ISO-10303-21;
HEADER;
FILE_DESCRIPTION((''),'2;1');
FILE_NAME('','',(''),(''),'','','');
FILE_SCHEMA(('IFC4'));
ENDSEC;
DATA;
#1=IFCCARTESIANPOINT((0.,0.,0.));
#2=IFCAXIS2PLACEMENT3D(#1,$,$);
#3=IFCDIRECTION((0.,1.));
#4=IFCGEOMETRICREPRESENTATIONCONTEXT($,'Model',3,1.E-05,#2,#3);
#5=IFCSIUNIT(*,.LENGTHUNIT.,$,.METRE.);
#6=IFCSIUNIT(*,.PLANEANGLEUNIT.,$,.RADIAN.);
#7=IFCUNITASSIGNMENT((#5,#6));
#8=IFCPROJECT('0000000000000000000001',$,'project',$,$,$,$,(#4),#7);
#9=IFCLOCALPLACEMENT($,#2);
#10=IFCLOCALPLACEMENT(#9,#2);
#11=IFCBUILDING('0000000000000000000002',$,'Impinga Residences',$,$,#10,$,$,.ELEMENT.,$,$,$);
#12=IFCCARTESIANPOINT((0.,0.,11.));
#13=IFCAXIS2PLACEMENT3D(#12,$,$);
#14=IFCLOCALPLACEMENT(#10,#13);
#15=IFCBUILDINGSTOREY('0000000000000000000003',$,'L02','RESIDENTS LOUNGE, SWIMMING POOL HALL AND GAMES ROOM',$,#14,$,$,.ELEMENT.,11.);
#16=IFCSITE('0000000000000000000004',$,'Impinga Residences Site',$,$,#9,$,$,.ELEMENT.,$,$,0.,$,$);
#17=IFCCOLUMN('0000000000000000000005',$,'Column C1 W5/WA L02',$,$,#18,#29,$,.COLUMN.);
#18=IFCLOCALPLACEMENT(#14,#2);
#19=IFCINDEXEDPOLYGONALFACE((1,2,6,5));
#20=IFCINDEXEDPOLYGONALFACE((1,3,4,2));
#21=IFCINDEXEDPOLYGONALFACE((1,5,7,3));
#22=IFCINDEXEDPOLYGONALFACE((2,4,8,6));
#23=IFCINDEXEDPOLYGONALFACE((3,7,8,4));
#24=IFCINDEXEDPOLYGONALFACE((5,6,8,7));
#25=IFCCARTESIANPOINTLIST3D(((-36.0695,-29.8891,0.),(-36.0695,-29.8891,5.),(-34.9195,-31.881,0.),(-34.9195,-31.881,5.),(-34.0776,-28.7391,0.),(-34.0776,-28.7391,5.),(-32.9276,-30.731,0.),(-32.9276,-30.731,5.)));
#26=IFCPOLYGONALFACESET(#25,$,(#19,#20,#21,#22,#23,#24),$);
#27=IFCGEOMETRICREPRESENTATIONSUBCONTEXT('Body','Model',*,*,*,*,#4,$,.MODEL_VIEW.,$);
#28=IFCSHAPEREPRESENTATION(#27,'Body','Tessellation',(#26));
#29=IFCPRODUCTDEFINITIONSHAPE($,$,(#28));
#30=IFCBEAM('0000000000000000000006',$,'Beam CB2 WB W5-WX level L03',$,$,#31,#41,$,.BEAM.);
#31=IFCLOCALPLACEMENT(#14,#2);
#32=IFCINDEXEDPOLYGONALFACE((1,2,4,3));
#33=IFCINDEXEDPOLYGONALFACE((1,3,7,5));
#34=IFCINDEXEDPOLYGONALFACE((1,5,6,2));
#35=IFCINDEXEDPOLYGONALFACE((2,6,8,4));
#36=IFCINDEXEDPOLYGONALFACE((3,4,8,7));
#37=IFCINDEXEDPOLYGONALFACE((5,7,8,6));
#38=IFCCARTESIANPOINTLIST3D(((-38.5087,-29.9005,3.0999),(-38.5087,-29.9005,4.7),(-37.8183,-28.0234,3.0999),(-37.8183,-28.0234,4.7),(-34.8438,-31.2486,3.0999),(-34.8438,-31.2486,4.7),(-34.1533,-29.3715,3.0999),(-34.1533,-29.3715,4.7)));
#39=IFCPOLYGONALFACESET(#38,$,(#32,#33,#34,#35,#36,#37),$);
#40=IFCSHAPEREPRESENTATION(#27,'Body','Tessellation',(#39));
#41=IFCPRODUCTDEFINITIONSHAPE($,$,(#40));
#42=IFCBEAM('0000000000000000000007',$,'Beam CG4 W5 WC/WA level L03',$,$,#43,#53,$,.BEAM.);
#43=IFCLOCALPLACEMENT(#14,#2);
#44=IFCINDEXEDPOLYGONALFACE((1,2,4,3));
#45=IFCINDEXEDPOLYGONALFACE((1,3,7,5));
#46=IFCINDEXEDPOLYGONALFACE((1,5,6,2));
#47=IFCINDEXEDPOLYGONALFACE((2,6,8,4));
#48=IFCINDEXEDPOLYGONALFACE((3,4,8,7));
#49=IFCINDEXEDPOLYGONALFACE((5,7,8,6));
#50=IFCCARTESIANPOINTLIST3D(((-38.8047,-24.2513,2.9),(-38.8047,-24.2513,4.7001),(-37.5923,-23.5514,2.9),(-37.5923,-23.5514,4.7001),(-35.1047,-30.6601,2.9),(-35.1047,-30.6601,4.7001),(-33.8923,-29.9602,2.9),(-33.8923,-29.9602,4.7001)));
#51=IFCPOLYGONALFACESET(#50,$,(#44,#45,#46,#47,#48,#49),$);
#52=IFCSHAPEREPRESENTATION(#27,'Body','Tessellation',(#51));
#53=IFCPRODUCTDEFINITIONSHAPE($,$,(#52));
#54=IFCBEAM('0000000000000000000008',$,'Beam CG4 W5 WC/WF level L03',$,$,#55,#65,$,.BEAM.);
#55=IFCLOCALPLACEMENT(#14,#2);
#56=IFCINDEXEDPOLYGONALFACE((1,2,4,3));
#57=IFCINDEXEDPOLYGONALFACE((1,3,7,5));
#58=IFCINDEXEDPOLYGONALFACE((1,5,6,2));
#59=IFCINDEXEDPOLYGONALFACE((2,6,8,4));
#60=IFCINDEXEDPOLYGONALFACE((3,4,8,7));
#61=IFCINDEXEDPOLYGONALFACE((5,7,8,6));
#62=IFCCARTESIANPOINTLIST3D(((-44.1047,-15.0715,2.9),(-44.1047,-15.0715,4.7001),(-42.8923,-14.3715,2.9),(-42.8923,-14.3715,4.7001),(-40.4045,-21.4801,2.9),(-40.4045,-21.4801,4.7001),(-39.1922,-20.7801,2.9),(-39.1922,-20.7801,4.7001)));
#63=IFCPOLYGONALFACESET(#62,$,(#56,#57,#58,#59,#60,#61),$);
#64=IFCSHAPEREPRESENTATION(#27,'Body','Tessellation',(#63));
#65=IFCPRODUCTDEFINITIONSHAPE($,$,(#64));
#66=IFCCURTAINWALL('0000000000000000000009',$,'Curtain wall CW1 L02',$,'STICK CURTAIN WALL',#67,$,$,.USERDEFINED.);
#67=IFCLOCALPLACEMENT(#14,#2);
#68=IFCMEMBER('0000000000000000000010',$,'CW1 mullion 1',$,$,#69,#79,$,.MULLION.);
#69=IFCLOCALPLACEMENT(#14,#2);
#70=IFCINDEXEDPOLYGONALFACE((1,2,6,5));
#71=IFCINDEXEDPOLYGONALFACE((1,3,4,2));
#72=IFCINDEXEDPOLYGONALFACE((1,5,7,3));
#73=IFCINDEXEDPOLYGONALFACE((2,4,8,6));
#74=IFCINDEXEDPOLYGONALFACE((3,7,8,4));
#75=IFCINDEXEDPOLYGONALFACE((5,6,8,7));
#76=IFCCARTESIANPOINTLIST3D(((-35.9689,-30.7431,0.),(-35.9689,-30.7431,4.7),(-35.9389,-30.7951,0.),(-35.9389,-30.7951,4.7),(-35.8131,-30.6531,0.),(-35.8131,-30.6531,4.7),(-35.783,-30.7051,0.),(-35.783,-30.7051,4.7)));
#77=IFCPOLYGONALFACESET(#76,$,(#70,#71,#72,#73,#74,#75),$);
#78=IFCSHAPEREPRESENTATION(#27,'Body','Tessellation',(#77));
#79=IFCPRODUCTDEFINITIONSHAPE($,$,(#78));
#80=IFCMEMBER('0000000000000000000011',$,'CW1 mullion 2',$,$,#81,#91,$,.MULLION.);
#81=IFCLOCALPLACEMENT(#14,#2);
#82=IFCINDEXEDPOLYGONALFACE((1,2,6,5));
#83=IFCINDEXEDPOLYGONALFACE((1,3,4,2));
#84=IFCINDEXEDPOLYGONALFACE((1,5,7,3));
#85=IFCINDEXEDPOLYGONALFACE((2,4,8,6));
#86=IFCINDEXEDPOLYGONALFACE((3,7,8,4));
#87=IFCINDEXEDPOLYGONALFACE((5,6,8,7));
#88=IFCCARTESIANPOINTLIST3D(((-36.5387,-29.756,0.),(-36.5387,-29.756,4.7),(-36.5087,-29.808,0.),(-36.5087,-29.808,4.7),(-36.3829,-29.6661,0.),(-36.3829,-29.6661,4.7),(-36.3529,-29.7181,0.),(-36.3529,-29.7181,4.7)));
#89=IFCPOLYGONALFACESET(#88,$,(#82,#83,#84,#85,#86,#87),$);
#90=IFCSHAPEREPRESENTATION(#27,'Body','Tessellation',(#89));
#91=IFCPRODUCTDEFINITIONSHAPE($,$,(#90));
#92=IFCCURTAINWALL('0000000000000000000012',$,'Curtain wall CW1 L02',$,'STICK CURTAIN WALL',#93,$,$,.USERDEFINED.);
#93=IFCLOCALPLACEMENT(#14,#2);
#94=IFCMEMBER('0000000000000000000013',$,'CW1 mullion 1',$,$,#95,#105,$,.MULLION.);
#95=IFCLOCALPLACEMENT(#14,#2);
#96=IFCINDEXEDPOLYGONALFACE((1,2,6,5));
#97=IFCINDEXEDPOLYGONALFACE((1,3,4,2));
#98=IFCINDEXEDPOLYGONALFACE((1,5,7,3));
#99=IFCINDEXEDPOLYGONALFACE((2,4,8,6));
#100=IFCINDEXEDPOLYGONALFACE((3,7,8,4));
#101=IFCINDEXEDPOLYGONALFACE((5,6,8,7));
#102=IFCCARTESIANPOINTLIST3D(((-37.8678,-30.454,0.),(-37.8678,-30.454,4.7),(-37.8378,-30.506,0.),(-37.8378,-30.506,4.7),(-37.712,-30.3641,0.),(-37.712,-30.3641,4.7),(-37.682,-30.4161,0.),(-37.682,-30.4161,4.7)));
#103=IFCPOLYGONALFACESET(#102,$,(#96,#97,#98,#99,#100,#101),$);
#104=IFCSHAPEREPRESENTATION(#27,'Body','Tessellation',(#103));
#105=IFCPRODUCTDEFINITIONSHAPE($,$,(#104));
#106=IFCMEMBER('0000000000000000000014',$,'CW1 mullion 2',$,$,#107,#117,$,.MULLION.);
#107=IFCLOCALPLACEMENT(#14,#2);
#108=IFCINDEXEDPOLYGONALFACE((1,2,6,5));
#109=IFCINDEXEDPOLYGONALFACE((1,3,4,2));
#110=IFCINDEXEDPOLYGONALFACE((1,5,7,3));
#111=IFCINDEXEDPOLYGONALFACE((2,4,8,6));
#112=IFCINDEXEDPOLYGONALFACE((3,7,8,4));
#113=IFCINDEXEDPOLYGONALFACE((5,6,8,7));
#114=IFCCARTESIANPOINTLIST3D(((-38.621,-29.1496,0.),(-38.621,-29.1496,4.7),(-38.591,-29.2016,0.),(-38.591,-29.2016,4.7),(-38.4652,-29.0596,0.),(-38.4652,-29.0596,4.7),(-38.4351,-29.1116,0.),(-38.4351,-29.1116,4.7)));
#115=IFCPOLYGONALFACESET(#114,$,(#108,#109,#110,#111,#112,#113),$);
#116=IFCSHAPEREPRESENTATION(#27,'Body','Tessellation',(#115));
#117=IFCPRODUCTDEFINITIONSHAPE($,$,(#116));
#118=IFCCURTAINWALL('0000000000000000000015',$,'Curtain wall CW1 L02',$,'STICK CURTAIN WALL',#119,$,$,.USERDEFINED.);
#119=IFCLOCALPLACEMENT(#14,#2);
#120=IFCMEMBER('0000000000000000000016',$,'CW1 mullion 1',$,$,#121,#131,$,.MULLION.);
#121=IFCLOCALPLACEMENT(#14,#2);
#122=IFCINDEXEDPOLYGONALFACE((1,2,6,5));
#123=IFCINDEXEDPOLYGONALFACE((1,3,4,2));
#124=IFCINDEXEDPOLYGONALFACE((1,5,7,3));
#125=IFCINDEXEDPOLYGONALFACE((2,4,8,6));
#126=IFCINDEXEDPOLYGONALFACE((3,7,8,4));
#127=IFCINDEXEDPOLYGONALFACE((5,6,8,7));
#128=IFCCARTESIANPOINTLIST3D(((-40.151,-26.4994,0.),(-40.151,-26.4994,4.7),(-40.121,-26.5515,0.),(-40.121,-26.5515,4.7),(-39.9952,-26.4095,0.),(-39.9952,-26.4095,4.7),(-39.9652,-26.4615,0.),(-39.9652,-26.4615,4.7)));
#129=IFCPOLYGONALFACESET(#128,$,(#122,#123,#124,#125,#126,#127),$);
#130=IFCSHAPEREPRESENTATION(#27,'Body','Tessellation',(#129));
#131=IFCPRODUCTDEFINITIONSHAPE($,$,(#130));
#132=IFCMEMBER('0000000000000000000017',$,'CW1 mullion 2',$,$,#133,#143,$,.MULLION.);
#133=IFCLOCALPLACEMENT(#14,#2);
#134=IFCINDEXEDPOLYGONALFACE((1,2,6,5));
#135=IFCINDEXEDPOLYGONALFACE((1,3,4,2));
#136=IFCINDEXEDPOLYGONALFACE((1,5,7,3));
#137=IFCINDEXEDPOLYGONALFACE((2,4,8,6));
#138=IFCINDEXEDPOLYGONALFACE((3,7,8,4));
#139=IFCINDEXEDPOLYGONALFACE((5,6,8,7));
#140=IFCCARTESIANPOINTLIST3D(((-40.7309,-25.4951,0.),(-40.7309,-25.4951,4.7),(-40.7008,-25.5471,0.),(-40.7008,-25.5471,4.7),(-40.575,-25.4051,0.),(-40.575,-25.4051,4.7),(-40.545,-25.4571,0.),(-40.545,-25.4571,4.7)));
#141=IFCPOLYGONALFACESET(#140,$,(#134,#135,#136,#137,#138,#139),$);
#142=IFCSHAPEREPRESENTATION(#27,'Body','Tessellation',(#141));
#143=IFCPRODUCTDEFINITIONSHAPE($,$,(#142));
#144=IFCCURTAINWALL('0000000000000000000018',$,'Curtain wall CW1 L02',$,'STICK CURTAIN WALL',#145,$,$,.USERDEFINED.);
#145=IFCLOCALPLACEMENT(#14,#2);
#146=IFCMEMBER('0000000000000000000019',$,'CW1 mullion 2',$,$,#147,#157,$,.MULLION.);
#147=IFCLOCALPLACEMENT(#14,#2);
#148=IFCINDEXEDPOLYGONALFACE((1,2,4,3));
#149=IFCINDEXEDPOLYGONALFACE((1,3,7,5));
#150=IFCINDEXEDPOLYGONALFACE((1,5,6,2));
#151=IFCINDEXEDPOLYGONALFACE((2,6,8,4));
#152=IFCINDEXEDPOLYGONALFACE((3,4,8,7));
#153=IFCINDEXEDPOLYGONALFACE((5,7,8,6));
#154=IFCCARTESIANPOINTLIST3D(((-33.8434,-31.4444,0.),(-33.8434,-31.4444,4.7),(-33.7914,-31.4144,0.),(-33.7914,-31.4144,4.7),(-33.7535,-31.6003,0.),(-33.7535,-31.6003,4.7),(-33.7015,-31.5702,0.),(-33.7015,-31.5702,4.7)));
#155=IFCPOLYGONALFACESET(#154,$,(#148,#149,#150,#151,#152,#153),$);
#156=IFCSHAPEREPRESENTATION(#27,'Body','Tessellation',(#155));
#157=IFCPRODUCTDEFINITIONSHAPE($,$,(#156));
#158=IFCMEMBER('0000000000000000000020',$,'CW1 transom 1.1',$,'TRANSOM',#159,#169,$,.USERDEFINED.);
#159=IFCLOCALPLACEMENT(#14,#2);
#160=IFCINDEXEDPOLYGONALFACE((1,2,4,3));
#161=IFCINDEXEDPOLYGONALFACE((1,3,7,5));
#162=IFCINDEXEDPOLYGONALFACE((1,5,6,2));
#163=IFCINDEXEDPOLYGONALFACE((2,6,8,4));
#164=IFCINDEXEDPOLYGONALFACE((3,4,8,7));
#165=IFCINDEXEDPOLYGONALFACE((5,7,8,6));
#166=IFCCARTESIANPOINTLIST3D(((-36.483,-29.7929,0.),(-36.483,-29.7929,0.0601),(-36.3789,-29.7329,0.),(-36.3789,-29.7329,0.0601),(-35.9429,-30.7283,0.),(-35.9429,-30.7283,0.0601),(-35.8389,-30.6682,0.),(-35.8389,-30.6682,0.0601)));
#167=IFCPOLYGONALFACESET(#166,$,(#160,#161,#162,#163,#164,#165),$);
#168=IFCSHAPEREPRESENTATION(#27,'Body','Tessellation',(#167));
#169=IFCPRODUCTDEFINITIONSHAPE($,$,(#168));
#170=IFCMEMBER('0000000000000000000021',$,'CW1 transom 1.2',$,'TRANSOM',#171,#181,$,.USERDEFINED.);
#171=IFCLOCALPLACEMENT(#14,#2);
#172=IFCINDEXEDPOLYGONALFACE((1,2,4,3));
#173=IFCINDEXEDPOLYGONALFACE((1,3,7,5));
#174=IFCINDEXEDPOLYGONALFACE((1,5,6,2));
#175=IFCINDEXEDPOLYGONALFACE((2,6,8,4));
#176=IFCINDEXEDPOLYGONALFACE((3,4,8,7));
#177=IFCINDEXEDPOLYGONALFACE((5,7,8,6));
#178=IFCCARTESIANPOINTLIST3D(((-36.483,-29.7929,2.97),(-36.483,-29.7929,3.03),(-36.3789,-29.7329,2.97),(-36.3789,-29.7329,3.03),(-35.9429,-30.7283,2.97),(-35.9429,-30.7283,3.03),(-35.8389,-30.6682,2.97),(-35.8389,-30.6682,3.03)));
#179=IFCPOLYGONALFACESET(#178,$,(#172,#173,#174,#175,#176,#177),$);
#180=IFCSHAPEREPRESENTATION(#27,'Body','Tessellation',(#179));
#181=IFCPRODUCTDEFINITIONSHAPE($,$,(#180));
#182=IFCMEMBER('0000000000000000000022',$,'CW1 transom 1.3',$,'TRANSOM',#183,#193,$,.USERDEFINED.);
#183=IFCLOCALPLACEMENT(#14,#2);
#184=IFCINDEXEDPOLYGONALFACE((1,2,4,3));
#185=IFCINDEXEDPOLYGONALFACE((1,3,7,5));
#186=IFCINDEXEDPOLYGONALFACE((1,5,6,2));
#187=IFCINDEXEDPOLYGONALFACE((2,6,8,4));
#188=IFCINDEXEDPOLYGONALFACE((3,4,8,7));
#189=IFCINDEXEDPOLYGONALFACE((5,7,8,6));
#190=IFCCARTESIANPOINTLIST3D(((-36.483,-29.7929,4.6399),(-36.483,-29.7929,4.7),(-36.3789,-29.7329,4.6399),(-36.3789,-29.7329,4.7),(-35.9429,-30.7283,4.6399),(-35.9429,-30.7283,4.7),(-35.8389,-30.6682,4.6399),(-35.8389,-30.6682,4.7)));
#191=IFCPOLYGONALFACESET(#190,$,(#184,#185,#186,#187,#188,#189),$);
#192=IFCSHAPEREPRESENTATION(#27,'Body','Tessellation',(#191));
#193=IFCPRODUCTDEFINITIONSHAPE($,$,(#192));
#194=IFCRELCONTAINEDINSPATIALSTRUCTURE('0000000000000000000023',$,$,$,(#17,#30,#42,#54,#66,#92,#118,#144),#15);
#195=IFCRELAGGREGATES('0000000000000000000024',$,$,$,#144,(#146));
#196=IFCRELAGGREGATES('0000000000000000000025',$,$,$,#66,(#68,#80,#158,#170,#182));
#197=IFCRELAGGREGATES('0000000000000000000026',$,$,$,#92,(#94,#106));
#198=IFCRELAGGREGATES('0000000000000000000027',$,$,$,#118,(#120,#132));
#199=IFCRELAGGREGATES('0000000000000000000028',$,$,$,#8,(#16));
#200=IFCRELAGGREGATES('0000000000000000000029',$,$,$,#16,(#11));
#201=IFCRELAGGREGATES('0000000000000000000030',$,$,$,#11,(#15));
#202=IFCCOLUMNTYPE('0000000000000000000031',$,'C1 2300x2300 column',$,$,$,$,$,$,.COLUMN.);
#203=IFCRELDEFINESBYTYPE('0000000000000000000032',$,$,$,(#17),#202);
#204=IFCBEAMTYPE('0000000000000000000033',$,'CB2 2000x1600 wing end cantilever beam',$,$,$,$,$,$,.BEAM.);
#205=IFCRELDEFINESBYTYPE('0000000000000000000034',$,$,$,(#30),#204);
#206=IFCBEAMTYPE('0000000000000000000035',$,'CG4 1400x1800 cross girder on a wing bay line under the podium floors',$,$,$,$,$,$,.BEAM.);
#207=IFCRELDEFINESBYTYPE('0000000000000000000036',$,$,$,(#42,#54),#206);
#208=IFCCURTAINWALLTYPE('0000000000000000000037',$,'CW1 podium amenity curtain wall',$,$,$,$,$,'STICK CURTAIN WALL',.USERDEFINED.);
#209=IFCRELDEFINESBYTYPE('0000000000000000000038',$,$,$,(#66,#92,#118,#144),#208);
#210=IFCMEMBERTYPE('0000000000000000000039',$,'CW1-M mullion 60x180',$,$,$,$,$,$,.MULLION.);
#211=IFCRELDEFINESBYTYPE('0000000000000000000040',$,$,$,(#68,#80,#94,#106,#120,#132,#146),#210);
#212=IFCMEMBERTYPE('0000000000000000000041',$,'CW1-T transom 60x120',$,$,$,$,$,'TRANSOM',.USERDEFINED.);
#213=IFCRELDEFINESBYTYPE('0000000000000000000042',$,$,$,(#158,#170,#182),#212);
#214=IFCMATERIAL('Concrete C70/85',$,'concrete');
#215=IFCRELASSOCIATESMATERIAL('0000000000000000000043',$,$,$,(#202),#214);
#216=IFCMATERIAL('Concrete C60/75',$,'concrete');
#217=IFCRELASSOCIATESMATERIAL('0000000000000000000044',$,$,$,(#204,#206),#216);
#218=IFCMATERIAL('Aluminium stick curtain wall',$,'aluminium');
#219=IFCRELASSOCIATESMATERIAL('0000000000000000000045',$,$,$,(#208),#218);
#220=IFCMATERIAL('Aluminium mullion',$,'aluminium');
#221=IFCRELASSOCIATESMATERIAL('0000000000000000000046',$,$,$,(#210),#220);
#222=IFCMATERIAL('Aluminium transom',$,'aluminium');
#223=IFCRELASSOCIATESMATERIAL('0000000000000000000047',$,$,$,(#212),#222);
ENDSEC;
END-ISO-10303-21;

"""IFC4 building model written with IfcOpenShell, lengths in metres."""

from ifc_helpers import new_model, si_unit, direction, frame, origin, origin_2d, place, context, subcontext, project, spatial, rectangle, extrude, material, material_profile, profile_set, type_object, element, aggregate, save


model = new_model("IFC4")

# Units and contexts
model_context = context("Model", 3, precision=1e-05, world=origin(), true_north=direction((0.0, 1.0)))
body_context = subcontext(model_context, "Body", "Model", "MODEL_VIEW")
ifc_project = project(units=[si_unit("LENGTHUNIT", "METRE"), si_unit("PLANEANGLEUNIT", "RADIAN")], contexts=[model_context])

# Site, building, storey
site_placement = place(None, origin())
site = spatial("IfcSite", under=ifc_project, at=site_placement, Name="Impinga Residences Site", CompositionType="ELEMENT", RefElevation=0.0)
building_placement = place(site_placement, origin())
building = spatial("IfcBuilding", under=site, at=building_placement, Name="Impinga Residences", CompositionType="ELEMENT")
storey_placement = place(building_placement, frame((0.0, 0.0, 11.0)))
storey = spatial("IfcBuildingStorey", under=building, at=storey_placement, Name="L02", Description="RESIDENTS LOUNGE, SWIMMING POOL HALL AND GAMES ROOM", CompositionType="ELEMENT", Elevation=11.0)

# Column
ifc_material_1 = material(Name="Concrete C70/85", Category="concrete")
ifc_material_profile_1 = material_profile(ifc_material_1, rectangle(XDim=2.3, YDim=2.3, at=origin_2d()), Name="RC 2300x2300")
ifc_profile_set_1 = profile_set([ifc_material_profile_1], Name="Concrete C70/85")
column_type = type_object("IfcColumnType", Name="C1 2300x2300 column", PredefinedType="COLUMN", material=ifc_profile_set_1)
column_placement = place(storey_placement, frame((-34.4985, -30.3101, 0.0), z_axis=(0.0, 0.0, 1.0), x_axis=(-0.5, 0.866025, 0.0)))
element("IfcColumn", 1, at=column_placement, inside=storey, type_object=column_type, Name="Column C1 W5/WA L02", PredefinedType="COLUMN", context=body_context, shape_type="SweptSolid", body=[
    extrude(rectangle(XDim=2.3, YDim=2.3, at=origin_2d()), origin(), (0.0, 0.0, 1.0), 5.0),
])

# Beams
ifc_material_2 = material(Name="Concrete C60/75", Category="concrete")
ifc_material_profile_2 = material_profile(ifc_material_2, rectangle(XDim=2.0, YDim=1.6001, at=origin_2d()), Name="RC 2000x1600")
ifc_profile_set_2 = profile_set([ifc_material_profile_2], Name="Concrete C60/75")
beam_type_1 = type_object("IfcBeamType", Name="CB2 2000x1600 wing end cantilever beam", PredefinedType="BEAM", material=ifc_profile_set_2)
beam_1_placement = place(storey_placement, frame((-34.4985, -30.3101, 3.8999), z_axis=(-0.93852, 0.345224, 0.0), x_axis=(-0.345224, -0.93852, 0.0)))
element("IfcBeam", 2, at=beam_1_placement, inside=storey, type_object=beam_type_1, Name="Beam CB2 WB W5-WX level L03", PredefinedType="BEAM", context=body_context, shape_type="SweptSolid", body=[
    extrude(rectangle(XDim=2.0, YDim=1.6001, at=origin_2d()), origin(), (0.0, 0.0, 1.0), 3.905),
])
ifc_material_profile_3 = material_profile(ifc_material_2, rectangle(XDim=1.3999, YDim=1.8, at=origin_2d()), Name="RC 1400x1800")
ifc_profile_set_3 = profile_set([ifc_material_profile_3], Name="Concrete C60/75")
beam_type_2 = type_object("IfcBeamType", Name="CG4 1400x1800 cross girder on a wing bay line under the podium floors", PredefinedType="BEAM", material=ifc_profile_set_3)
for number, where, z_axis, x_axis, name in (
    (3, (-38.1985, -23.9014, 3.8), (0.499989, -0.866032, 0.0), (0.866032, 0.499989, 0.0), "Beam CG4 W5 WC/WA level L03"),
    (4, (-39.7983, -21.1301, 3.8), (-0.500014, 0.866017, 0.0), (-0.866017, -0.500014, 0.0), "Beam CG4 W5 WC/WF level L03"),
):
    element("IfcBeam", number, at=place(storey_placement, frame(where, z_axis=z_axis, x_axis=x_axis)), inside=storey, type_object=beam_type_2, Name=name, PredefinedType="BEAM", context=body_context, shape_type="SweptSolid", body=[
        extrude(rectangle(XDim=1.3999, YDim=1.8, at=origin_2d()), origin(), (0.0, 0.0, 1.0), 7.4001),
    ])

# Curtain walls, members
ifc_material_3 = material(Name="Aluminium stick curtain wall", Category="aluminium")
curtain_wall_type = type_object("IfcCurtainWallType", Name="CW1 podium amenity curtain wall", ElementType="STICK CURTAIN WALL", PredefinedType="USERDEFINED", material=ifc_material_3)
curtain_wall_1_placement = place(storey_placement, origin())
curtain_wall_1 = element("IfcCurtainWall", 5, at=curtain_wall_1_placement, inside=storey, type_object=curtain_wall_type, Name="Curtain wall CW1 L02", ObjectType="STICK CURTAIN WALL", PredefinedType="USERDEFINED")
ifc_material_4 = material(Name="Aluminium mullion", Category="aluminium")
ifc_material_profile_4 = material_profile(ifc_material_4, rectangle(XDim=0.0601, YDim=0.1799, at=origin_2d()), Name="60x180 mullion")
ifc_profile_set_4 = profile_set([ifc_material_profile_4], Name="Aluminium mullion")
member_type_1 = type_object("IfcMemberType", Name="CW1-M mullion 60x180", PredefinedType="MULLION", material=ifc_profile_set_4)
member_1_placement = place(storey_placement, frame((-35.876, -30.7241, 0.0), z_axis=(0.0, 0.0, 1.0), x_axis=(-0.5, 0.866026, 0.0)))
member_1 = element("IfcMember", 6, at=member_1_placement, type_object=member_type_1, Name="CW1 mullion 1", PredefinedType="MULLION", context=body_context, shape_type="SweptSolid", body=[
    extrude(rectangle(XDim=0.0601, YDim=0.1799, at=origin_2d()), origin(), (0.0, 0.0, 1.0), 4.7),
])
member_2_placement = place(storey_placement, frame((-36.4458, -29.7371, 0.0), z_axis=(0.0, 0.0, 1.0), x_axis=(-0.5, 0.866026, 0.0)))
member_2 = element("IfcMember", 7, at=member_2_placement, type_object=member_type_1, Name="CW1 mullion 2", PredefinedType="MULLION", context=body_context, shape_type="SweptSolid", body=[
    extrude(rectangle(XDim=0.0601, YDim=0.1799, at=origin_2d()), origin(), (0.0, 0.0, 1.0), 4.7),
])
curtain_wall_2_placement = place(storey_placement, origin())
curtain_wall_2 = element("IfcCurtainWall", 8, at=curtain_wall_2_placement, inside=storey, type_object=curtain_wall_type, Name="Curtain wall CW1 L02", ObjectType="STICK CURTAIN WALL", PredefinedType="USERDEFINED")
member_3_placement = place(storey_placement, frame((-37.7749, -30.4351, 0.0), z_axis=(0.0, 0.0, 1.0), x_axis=(-0.5, 0.866026, 0.0)))
member_3 = element("IfcMember", 9, at=member_3_placement, type_object=member_type_1, Name="CW1 mullion 1", PredefinedType="MULLION", context=body_context, shape_type="SweptSolid", body=[
    extrude(rectangle(XDim=0.0601, YDim=0.1799, at=origin_2d()), origin(), (0.0, 0.0, 1.0), 4.7),
])
member_4_placement = place(storey_placement, frame((-38.5281, -29.1306, 0.0), z_axis=(0.0, 0.0, 1.0), x_axis=(-0.5, 0.866026, 0.0)))
member_4 = element("IfcMember", 10, at=member_4_placement, type_object=member_type_1, Name="CW1 mullion 2", PredefinedType="MULLION", context=body_context, shape_type="SweptSolid", body=[
    extrude(rectangle(XDim=0.0601, YDim=0.1799, at=origin_2d()), origin(), (0.0, 0.0, 1.0), 4.7),
])
curtain_wall_3_placement = place(storey_placement, origin())
curtain_wall_3 = element("IfcCurtainWall", 11, at=curtain_wall_3_placement, inside=storey, type_object=curtain_wall_type, Name="Curtain wall CW1 L02", ObjectType="STICK CURTAIN WALL", PredefinedType="USERDEFINED")
member_5_placement = place(storey_placement, frame((-40.0581, -26.4805, 0.0), z_axis=(0.0, 0.0, 1.0), x_axis=(-0.5, 0.866025, 0.0)))
member_5 = element("IfcMember", 12, at=member_5_placement, type_object=member_type_1, Name="CW1 mullion 1", PredefinedType="MULLION", context=body_context, shape_type="SweptSolid", body=[
    extrude(rectangle(XDim=0.0601, YDim=0.1799, at=origin_2d()), origin(), (0.0, 0.0, 1.0), 4.7),
])
member_6_placement = place(storey_placement, frame((-40.6379, -25.4761, 0.0), z_axis=(0.0, 0.0, 1.0), x_axis=(-0.5, 0.866025, 0.0)))
member_6 = element("IfcMember", 13, at=member_6_placement, type_object=member_type_1, Name="CW1 mullion 2", PredefinedType="MULLION", context=body_context, shape_type="SweptSolid", body=[
    extrude(rectangle(XDim=0.0601, YDim=0.1799, at=origin_2d()), origin(), (0.0, 0.0, 1.0), 4.7),
])

# Curtain wall, member
curtain_wall_4_placement = place(storey_placement, origin())
curtain_wall_4 = element("IfcCurtainWall", 14, at=curtain_wall_4_placement, inside=storey, type_object=curtain_wall_type, Name="Curtain wall CW1 L02", ObjectType="STICK CURTAIN WALL", PredefinedType="USERDEFINED")
member_7_placement = place(storey_placement, frame((-33.7725, -31.5073, 0.0), z_axis=(0.0, 0.0, 1.0), x_axis=(-0.866025, -0.5, 0.0)))
member_7 = element("IfcMember", 15, at=member_7_placement, type_object=member_type_1, Name="CW1 mullion 2", PredefinedType="MULLION", context=body_context, shape_type="SweptSolid", body=[
    extrude(rectangle(XDim=0.0601, YDim=0.1799, at=origin_2d()), origin(), (0.0, 0.0, 1.0), 4.7),
])
aggregate(curtain_wall_4, [member_7])

# Members
ifc_material_5 = material(Name="Aluminium transom", Category="aluminium")
ifc_material_profile_5 = material_profile(ifc_material_5, rectangle(XDim=0.0601, YDim=0.1201, at=origin_2d()), Name="60x120 transom")
ifc_profile_set_5 = profile_set([ifc_material_profile_5], Name="Aluminium transom")
member_type_2 = type_object("IfcMemberType", Name="CW1-T transom 60x120", ElementType="TRANSOM", PredefinedType="USERDEFINED", material=ifc_profile_set_5)
member_8_placement = place(storey_placement, frame((-35.8909, -30.6982, 0.03), z_axis=(-0.500029, 0.866009, 0.0), x_axis=(0.0, 0.0, 1.0)))
member_8 = element("IfcMember", 16, at=member_8_placement, type_object=member_type_2, Name="CW1 transom 1.1", ObjectType="TRANSOM", PredefinedType="USERDEFINED", context=body_context, shape_type="SweptSolid", body=[
    extrude(rectangle(XDim=0.0601, YDim=0.1201, at=origin_2d()), origin(), (0.0, 0.0, 1.0), 1.0801),
])
member_9_placement = place(storey_placement, frame((-35.8909, -30.6982, 3.0), z_axis=(-0.500029, 0.866009, 0.0), x_axis=(0.0, 0.0, 1.0)))
member_9 = element("IfcMember", 17, at=member_9_placement, type_object=member_type_2, Name="CW1 transom 1.2", ObjectType="TRANSOM", PredefinedType="USERDEFINED", context=body_context, shape_type="SweptSolid", body=[
    extrude(rectangle(XDim=0.0601, YDim=0.1201, at=origin_2d()), origin(), (0.0, 0.0, 1.0), 1.0801),
])
member_10_placement = place(storey_placement, frame((-35.8909, -30.6982, 4.6699), z_axis=(-0.500029, 0.866009, 0.0), x_axis=(0.0, 0.0, 1.0)))
member_10 = element("IfcMember", 18, at=member_10_placement, type_object=member_type_2, Name="CW1 transom 1.3", ObjectType="TRANSOM", PredefinedType="USERDEFINED", context=body_context, shape_type="SweptSolid", body=[
    extrude(rectangle(XDim=0.0601, YDim=0.1201, at=origin_2d()), origin(), (0.0, 0.0, 1.0), 1.0801),
])

aggregate(curtain_wall_1, [member_1, member_2, member_8, member_9, member_10])
aggregate(curtain_wall_2, [member_3, member_4])
aggregate(curtain_wall_3, [member_5, member_6])

save(model, "model.ifc")
